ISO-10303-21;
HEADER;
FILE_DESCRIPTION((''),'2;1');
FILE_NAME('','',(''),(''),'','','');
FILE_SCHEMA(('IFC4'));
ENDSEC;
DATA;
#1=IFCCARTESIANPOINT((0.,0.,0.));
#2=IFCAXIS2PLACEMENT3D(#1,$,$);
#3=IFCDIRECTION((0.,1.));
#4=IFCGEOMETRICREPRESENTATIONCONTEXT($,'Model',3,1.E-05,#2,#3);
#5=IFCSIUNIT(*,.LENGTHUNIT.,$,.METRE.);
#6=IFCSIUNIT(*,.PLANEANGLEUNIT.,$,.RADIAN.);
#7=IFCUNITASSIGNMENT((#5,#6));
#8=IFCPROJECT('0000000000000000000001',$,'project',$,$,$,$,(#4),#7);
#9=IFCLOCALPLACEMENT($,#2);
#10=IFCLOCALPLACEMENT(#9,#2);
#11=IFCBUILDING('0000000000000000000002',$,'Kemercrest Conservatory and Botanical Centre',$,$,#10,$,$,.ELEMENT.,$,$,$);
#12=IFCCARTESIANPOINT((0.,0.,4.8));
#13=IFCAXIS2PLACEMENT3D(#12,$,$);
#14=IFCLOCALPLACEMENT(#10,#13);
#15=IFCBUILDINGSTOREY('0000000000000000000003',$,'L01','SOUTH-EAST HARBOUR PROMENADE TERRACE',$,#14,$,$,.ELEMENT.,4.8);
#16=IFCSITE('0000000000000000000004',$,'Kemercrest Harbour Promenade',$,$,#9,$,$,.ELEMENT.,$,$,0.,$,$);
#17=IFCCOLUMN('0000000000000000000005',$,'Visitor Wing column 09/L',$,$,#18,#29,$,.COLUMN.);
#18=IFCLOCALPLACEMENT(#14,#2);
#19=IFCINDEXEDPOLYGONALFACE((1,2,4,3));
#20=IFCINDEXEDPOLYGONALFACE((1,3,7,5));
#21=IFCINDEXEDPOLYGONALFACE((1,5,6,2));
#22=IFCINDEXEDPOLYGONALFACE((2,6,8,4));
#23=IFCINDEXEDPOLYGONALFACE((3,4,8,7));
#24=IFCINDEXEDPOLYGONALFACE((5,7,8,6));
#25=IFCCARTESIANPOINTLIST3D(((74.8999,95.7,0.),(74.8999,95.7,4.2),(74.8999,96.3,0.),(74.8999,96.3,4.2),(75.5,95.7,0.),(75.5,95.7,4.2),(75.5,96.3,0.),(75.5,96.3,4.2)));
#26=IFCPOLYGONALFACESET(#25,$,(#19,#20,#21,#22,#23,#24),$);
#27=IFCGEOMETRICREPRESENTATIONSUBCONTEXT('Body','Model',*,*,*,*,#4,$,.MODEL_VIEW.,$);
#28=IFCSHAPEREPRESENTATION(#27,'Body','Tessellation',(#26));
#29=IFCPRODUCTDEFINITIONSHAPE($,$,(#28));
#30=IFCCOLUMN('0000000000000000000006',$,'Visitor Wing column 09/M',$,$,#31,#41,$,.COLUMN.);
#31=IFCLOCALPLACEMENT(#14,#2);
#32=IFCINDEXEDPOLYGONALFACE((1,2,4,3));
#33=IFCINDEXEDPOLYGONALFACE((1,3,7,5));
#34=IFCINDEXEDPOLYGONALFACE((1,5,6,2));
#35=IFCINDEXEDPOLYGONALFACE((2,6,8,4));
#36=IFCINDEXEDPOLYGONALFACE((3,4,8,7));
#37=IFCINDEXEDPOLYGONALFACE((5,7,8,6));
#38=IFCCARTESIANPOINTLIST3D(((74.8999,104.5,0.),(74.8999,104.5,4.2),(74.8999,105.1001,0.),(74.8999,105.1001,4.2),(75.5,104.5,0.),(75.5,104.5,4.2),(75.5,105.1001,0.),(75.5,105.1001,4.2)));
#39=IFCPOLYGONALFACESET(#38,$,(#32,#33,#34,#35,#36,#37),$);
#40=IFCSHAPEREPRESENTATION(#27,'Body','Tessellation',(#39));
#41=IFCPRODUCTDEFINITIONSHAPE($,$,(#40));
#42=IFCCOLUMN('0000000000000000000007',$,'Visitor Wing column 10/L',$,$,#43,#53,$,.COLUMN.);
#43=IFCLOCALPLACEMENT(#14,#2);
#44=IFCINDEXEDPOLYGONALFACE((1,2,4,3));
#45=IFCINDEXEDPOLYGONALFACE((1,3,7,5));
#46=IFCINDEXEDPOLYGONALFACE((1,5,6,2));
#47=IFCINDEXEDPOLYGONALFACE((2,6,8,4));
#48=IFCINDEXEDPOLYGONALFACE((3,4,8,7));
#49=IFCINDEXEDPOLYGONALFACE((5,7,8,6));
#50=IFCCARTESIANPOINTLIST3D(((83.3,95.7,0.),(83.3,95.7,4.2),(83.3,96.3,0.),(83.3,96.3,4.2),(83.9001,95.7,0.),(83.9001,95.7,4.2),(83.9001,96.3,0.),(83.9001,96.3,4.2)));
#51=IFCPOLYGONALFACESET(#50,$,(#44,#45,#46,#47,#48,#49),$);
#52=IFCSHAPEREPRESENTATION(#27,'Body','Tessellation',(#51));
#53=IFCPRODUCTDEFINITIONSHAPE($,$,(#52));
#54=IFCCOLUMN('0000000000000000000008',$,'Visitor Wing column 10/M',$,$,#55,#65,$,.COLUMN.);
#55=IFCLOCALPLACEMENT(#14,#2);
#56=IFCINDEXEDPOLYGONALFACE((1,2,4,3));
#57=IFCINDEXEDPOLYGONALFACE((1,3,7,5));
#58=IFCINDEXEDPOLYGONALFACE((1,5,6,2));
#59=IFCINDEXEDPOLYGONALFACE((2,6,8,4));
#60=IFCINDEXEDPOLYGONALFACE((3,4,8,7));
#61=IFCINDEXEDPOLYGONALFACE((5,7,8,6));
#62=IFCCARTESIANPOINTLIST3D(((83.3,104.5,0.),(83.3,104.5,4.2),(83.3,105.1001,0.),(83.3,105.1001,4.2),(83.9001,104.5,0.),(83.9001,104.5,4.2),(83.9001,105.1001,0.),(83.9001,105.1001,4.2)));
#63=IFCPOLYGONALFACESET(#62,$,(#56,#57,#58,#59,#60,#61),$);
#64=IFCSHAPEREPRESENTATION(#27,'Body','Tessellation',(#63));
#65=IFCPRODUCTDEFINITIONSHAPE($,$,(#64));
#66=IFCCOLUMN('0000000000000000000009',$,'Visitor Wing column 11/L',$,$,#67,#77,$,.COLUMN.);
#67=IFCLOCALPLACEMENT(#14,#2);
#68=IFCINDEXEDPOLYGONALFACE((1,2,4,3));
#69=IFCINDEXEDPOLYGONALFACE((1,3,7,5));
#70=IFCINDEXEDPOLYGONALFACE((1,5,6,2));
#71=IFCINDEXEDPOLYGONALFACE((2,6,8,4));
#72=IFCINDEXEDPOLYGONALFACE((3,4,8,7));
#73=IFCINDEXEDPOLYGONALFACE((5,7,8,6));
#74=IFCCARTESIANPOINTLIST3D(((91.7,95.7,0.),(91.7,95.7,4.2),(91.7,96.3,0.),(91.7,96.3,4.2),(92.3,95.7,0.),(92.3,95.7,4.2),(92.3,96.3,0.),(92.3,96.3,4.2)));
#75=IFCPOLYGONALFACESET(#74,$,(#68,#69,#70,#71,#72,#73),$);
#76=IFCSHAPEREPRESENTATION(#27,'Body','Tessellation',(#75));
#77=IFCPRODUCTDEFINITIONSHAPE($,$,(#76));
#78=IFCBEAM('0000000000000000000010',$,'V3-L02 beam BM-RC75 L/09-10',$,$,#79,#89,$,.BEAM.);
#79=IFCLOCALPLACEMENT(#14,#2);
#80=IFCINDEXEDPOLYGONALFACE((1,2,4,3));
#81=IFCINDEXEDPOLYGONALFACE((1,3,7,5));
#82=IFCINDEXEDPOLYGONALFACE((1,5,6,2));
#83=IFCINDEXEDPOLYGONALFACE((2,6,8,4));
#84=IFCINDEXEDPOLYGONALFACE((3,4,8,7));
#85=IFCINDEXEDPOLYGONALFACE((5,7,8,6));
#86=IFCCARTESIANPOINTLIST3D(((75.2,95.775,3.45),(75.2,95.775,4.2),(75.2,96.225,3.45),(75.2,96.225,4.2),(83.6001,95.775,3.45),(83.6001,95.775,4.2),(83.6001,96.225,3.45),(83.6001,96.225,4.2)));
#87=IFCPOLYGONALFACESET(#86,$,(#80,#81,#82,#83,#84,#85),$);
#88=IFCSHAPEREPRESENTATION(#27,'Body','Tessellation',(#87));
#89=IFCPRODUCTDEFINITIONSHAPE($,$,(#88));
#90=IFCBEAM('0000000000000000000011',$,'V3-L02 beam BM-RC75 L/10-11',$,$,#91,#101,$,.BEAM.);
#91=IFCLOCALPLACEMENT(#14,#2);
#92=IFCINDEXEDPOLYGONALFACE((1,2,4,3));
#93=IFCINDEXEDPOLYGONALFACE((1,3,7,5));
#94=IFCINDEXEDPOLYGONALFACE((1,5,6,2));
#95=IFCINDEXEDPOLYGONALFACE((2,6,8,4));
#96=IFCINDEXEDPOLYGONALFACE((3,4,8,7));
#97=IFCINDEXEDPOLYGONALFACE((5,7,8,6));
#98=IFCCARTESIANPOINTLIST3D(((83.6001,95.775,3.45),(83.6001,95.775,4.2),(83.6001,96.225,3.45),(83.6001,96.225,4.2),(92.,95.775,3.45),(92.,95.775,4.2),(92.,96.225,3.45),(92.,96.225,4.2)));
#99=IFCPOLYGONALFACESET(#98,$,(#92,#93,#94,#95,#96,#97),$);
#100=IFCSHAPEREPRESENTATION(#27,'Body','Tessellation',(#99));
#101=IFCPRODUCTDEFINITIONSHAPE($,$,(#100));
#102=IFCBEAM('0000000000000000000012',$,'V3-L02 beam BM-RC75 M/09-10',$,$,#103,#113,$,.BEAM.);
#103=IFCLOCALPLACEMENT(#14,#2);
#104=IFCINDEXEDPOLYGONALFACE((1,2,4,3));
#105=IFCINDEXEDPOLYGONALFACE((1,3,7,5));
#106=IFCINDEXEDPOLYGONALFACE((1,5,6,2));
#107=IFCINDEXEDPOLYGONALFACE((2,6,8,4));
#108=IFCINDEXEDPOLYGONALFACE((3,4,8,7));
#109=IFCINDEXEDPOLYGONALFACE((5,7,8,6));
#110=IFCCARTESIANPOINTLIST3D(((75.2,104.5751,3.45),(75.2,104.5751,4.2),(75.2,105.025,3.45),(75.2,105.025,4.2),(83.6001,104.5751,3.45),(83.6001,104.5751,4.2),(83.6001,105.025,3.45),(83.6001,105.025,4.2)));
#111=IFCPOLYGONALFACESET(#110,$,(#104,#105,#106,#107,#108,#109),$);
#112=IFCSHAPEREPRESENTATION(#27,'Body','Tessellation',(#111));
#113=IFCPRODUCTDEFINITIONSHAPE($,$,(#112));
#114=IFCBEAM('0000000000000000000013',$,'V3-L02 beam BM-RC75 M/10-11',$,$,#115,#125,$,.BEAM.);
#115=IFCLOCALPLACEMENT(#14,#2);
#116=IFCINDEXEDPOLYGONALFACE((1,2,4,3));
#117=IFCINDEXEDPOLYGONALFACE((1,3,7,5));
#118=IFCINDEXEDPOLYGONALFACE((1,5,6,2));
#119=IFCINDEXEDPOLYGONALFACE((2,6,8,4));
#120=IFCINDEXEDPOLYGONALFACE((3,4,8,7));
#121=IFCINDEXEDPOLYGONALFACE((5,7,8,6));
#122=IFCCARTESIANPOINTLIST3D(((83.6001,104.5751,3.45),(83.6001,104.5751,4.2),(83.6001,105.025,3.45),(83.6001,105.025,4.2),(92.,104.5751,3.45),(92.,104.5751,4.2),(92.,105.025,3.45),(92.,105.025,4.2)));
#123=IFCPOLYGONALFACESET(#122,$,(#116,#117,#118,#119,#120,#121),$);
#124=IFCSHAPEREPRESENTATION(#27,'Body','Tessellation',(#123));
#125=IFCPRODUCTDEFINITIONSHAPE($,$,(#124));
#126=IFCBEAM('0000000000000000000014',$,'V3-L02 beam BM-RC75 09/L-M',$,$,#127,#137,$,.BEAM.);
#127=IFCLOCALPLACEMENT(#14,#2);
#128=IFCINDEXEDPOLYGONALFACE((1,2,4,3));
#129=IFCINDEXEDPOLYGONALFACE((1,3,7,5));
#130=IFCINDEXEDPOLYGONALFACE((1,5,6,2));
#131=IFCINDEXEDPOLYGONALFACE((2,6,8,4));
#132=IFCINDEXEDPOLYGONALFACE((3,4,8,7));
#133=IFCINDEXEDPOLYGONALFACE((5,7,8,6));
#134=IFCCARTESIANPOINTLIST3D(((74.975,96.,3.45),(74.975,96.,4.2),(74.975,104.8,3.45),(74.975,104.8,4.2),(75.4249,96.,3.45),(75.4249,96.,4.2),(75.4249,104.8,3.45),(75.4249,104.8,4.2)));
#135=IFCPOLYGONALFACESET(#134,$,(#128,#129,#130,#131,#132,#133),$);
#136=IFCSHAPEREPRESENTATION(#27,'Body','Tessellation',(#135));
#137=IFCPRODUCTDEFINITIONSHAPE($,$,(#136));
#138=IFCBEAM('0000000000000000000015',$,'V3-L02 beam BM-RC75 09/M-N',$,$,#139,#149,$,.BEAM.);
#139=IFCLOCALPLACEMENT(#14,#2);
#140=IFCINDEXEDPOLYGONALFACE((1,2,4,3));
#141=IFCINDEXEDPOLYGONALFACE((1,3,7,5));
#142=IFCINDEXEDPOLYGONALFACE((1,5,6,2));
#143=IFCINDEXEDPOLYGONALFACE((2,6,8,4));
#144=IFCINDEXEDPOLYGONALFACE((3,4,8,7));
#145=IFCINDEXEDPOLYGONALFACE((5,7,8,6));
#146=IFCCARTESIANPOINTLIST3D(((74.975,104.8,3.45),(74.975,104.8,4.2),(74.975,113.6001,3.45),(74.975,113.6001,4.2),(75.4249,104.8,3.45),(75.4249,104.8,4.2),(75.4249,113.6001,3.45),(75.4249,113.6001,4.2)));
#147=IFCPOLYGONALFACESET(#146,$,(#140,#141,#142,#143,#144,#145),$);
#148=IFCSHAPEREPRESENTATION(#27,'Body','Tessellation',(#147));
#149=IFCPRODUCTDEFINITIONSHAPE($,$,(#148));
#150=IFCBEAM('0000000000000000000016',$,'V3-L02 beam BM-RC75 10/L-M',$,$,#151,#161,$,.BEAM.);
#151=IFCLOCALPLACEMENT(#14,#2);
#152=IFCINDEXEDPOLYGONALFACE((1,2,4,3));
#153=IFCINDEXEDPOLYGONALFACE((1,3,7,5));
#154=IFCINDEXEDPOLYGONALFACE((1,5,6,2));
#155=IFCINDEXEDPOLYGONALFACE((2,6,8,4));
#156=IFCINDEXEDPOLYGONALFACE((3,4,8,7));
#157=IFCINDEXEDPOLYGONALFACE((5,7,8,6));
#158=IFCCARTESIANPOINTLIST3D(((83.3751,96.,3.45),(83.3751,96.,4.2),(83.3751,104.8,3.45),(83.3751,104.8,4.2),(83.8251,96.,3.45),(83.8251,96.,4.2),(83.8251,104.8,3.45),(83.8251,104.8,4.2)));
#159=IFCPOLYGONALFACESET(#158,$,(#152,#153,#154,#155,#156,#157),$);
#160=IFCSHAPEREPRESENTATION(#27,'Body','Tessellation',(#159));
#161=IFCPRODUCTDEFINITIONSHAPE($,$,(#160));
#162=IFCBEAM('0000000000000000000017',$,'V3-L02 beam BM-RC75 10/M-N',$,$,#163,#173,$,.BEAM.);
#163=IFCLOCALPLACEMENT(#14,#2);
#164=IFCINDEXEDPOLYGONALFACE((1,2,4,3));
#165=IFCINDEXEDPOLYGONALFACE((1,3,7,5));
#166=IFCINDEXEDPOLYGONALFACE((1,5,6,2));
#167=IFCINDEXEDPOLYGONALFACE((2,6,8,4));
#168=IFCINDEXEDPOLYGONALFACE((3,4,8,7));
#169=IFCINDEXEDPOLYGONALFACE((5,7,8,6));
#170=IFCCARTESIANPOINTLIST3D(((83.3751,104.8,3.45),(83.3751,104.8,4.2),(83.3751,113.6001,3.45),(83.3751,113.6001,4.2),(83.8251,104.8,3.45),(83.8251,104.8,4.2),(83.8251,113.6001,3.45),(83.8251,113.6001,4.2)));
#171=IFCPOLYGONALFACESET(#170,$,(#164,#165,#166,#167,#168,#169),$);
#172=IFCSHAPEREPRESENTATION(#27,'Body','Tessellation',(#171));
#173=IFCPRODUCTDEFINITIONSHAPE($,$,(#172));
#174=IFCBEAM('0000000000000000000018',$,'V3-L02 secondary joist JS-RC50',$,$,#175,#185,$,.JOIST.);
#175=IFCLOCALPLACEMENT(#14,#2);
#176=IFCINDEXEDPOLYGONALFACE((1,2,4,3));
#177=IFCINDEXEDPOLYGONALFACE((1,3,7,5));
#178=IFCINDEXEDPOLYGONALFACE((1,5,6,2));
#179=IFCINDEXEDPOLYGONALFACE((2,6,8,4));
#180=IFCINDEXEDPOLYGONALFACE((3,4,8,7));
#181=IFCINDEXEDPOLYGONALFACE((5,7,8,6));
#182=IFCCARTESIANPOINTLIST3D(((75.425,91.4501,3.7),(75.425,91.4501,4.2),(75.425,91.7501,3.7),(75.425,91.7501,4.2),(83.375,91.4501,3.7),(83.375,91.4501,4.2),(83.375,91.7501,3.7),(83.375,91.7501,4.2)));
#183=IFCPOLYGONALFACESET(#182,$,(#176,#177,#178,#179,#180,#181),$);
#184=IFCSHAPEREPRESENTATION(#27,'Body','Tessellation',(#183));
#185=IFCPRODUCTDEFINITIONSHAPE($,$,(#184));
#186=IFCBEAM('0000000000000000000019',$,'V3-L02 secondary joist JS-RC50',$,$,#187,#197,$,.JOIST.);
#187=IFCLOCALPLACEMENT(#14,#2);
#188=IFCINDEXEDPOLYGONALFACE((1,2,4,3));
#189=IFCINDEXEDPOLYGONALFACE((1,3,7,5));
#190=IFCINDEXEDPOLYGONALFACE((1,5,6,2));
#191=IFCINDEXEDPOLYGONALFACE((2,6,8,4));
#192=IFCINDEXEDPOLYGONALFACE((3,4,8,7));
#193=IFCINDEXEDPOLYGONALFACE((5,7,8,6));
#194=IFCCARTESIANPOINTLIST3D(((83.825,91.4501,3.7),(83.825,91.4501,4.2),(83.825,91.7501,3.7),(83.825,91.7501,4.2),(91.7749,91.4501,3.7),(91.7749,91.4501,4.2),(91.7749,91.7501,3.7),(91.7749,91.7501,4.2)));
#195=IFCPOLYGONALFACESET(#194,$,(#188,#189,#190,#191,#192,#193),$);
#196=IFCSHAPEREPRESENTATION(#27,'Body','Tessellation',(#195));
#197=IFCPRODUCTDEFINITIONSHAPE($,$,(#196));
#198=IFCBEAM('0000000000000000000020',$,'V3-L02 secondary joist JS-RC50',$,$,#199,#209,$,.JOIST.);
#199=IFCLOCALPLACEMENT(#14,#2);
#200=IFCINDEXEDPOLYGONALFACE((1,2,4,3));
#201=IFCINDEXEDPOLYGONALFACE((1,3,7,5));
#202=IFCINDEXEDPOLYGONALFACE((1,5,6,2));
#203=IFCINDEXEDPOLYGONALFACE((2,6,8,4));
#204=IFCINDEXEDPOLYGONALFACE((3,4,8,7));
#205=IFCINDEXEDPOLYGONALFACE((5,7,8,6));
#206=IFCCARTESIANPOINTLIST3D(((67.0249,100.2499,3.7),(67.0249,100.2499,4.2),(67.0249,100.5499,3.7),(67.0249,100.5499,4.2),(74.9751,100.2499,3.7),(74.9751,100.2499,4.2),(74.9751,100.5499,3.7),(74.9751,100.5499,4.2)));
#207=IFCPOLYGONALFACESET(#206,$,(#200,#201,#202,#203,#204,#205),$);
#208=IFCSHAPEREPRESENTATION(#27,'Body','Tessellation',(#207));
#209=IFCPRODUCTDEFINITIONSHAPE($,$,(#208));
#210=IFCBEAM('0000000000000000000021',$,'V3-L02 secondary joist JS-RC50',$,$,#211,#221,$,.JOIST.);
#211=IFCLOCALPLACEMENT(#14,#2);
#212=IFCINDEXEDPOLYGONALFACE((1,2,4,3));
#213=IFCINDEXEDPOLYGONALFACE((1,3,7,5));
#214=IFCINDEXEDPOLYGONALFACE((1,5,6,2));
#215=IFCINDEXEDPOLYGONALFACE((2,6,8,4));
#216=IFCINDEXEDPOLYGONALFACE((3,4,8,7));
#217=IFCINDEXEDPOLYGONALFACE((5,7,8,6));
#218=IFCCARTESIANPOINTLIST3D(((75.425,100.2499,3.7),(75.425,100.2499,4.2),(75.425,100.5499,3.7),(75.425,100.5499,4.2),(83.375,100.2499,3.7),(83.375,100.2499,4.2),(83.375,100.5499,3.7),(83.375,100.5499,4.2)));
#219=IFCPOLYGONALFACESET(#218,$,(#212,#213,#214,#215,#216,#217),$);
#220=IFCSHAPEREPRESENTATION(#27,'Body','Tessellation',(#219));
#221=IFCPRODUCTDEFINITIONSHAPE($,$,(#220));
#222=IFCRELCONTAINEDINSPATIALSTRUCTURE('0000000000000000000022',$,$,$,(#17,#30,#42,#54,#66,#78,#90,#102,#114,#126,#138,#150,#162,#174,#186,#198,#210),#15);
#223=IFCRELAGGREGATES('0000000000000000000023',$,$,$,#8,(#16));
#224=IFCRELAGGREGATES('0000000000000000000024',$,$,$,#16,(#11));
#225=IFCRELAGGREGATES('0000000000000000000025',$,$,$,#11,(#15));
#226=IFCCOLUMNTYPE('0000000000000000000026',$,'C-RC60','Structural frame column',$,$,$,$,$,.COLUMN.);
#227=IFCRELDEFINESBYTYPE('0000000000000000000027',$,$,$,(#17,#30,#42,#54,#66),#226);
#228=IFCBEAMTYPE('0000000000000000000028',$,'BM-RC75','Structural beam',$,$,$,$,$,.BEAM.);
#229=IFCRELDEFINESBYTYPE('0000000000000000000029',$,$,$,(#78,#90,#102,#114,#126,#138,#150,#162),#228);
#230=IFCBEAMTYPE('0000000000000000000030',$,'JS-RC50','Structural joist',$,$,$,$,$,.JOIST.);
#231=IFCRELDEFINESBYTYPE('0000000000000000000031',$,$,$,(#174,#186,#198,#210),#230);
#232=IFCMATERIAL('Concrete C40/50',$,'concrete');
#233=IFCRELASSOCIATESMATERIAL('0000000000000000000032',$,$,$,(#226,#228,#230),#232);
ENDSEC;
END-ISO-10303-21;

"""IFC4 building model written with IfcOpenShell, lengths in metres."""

from ifc_helpers import new_model, si_unit, direction, frame, origin, origin_2d, place, context, subcontext, project, spatial, rectangle, extrude, material, material_profile, profile_set, type_object, element, save


model = new_model("IFC4")

# Units and contexts
model_context = context("Model", 3, precision=1e-05, world=origin(), true_north=direction((0.0, 1.0)))
body_context = subcontext(model_context, "Body", "Model", "MODEL_VIEW")
ifc_project = project(units=[si_unit("LENGTHUNIT", "METRE"), si_unit("PLANEANGLEUNIT", "RADIAN")], contexts=[model_context])

# Site, building, storey
site_placement = place(None, origin())
site = spatial("IfcSite", under=ifc_project, at=site_placement, Name="Kemercrest Harbour Promenade", CompositionType="ELEMENT", RefElevation=0.0)
building_placement = place(site_placement, origin())
building = spatial("IfcBuilding", under=site, at=building_placement, Name="Kemercrest Conservatory and Botanical Centre", CompositionType="ELEMENT")
storey_placement = place(building_placement, frame((0.0, 0.0, 4.8)))
storey = spatial("IfcBuildingStorey", under=building, at=storey_placement, Name="L01", Description="SOUTH-EAST HARBOUR PROMENADE TERRACE", CompositionType="ELEMENT", Elevation=4.8)

# Columns
ifc_material_1 = material(Name="Concrete C40/50", Category="concrete")
ifc_material_profile_1 = material_profile(ifc_material_1, rectangle(XDim=0.6001, YDim=0.6001, at=origin_2d()), Name="RC 600x600")
ifc_profile_set_1 = profile_set([ifc_material_profile_1], Name="Concrete C40/50")
column_type = type_object("IfcColumnType", Name="C-RC60", Description="Structural frame column", PredefinedType="COLUMN", material=ifc_profile_set_1)
for number, where, z_axis, x_axis, name in (
    (1, (75.2, 96.0, 0.0), (0.0, 0.0, 1.0), (1.0, 0.0, 0.0), "Visitor Wing column 09/L"),
    (2, (75.2, 104.8, 0.0), (0.0, 0.0, 1.0), (1.0, 0.0, 0.0), "Visitor Wing column 09/M"),
    (3, (83.6001, 96.0, 0.0), (0.0, 0.0, 1.0), (1.0, 0.0, 0.0), "Visitor Wing column 10/L"),
    (4, (83.6001, 104.8, 0.0), (0.0, 0.0, 1.0), (1.0, 0.0, 0.0), "Visitor Wing column 10/M"),
    (5, (92.0, 96.0, 0.0), (0.0, 0.0, 1.0), (1.0, 0.0, 0.0), "Visitor Wing column 11/L"),
):
    element("IfcColumn", number, at=place(storey_placement, frame(where, z_axis=z_axis, x_axis=x_axis)), inside=storey, type_object=column_type, Name=name, PredefinedType="COLUMN", context=body_context, shape_type="SweptSolid", body=[
        extrude(rectangle(XDim=0.6001, YDim=0.6001, at=origin_2d()), origin(), (0.0, 0.0, 1.0), 4.2),
    ])

# Beams
ifc_material_profile_2 = material_profile(ifc_material_1, rectangle(XDim=0.45, YDim=0.75, at=origin_2d()), Name="RC 450x750")
ifc_profile_set_2 = profile_set([ifc_material_profile_2], Name="Concrete C40/50")
beam_type_1 = type_object("IfcBeamType", Name="BM-RC75", Description="Structural beam", PredefinedType="BEAM", material=ifc_profile_set_2)
beam_1_placement = place(storey_placement, frame((75.2, 96.0, 3.825), z_axis=(1.0, 0.0, 0.0), x_axis=(0.0, 1.0, 0.0)))
element("IfcBeam", 6, at=beam_1_placement, inside=storey, type_object=beam_type_1, Name="V3-L02 beam BM-RC75 L/09-10", PredefinedType="BEAM", context=body_context, shape_type="SweptSolid", body=[
    extrude(rectangle(XDim=0.45, YDim=0.75, at=origin_2d()), origin(), (0.0, 0.0, 1.0), 8.4001),
])
beam_2_placement = place(storey_placement, frame((83.6001, 96.0, 3.825), z_axis=(1.0, 0.0, 0.0), x_axis=(0.0, 1.0, 0.0)))
element("IfcBeam", 7, at=beam_2_placement, inside=storey, type_object=beam_type_1, Name="V3-L02 beam BM-RC75 L/10-11", PredefinedType="BEAM", context=body_context, shape_type="SweptSolid", body=[
    extrude(rectangle(XDim=0.45, YDim=0.75, at=origin_2d()), origin(), (0.0, 0.0, 1.0), 8.3999),
])
beam_3_placement = place(storey_placement, frame((75.2, 104.8, 3.825), z_axis=(1.0, 0.0, 0.0), x_axis=(0.0, 1.0, 0.0)))
element("IfcBeam", 8, at=beam_3_placement, inside=storey, type_object=beam_type_1, Name="V3-L02 beam BM-RC75 M/09-10", PredefinedType="BEAM", context=body_context, shape_type="SweptSolid", body=[
    extrude(rectangle(XDim=0.45, YDim=0.75, at=origin_2d()), origin(), (0.0, 0.0, 1.0), 8.4001),
])
beam_4_placement = place(storey_placement, frame((83.6001, 104.8, 3.825), z_axis=(1.0, 0.0, 0.0), x_axis=(0.0, 1.0, 0.0)))
element("IfcBeam", 9, at=beam_4_placement, inside=storey, type_object=beam_type_1, Name="V3-L02 beam BM-RC75 M/10-11", PredefinedType="BEAM", context=body_context, shape_type="SweptSolid", body=[
    extrude(rectangle(XDim=0.45, YDim=0.75, at=origin_2d()), origin(), (0.0, 0.0, 1.0), 8.3999),
])
for number, where, z_axis, x_axis, name in (
    (10, (75.2, 96.0, 3.825), (0.0, 1.0, 0.0), (-1.0, 0.0, 0.0), "V3-L02 beam BM-RC75 09/L-M"),
    (11, (75.2, 104.8, 3.825), (0.0, 1.0, 0.0), (-1.0, 0.0, 0.0), "V3-L02 beam BM-RC75 09/M-N"),
    (12, (83.6001, 96.0, 3.825), (0.0, 1.0, 0.0), (-1.0, 0.0, 0.0), "V3-L02 beam BM-RC75 10/L-M"),
    (13, (83.6001, 104.8, 3.825), (0.0, 1.0, 0.0), (-1.0, 0.0, 0.0), "V3-L02 beam BM-RC75 10/M-N"),
):
    element("IfcBeam", number, at=place(storey_placement, frame(where, z_axis=z_axis, x_axis=x_axis)), inside=storey, type_object=beam_type_1, Name=name, PredefinedType="BEAM", context=body_context, shape_type="SweptSolid", body=[
        extrude(rectangle(XDim=0.45, YDim=0.75, at=origin_2d()), origin(), (0.0, 0.0, 1.0), 8.8),
    ])
ifc_material_profile_3 = material_profile(ifc_material_1, rectangle(XDim=0.3, YDim=0.5, at=origin_2d()), Name="RC 300x500")
ifc_profile_set_3 = profile_set([ifc_material_profile_3], Name="Concrete C40/50")
beam_type_2 = type_object("IfcBeamType", Name="JS-RC50", Description="Structural joist", PredefinedType="JOIST", material=ifc_profile_set_3)
for number, where, z_axis, x_axis, name in (
    (14, (75.425, 91.6001, 3.95), (1.0, 0.0, 0.0), (0.0, 1.0, 0.0), "V3-L02 secondary joist JS-RC50"),
    (15, (83.825, 91.6001, 3.95), (1.0, 0.0, 0.0), (0.0, 1.0, 0.0), "V3-L02 secondary joist JS-RC50"),
):
    element("IfcBeam", number, at=place(storey_placement, frame(where, z_axis=z_axis, x_axis=x_axis)), inside=storey, type_object=beam_type_2, Name=name, PredefinedType="JOIST", context=body_context, shape_type="SweptSolid", body=[
        extrude(rectangle(XDim=0.3, YDim=0.5, at=origin_2d()), origin(), (0.0, 0.0, 1.0), 7.95),
    ])
beam_5_placement = place(storey_placement, frame((67.0249, 100.3999, 3.95), z_axis=(1.0, 0.0, 0.0), x_axis=(0.0, 1.0, 0.0)))
element("IfcBeam", 16, at=beam_5_placement, inside=storey, type_object=beam_type_2, Name="V3-L02 secondary joist JS-RC50", PredefinedType="JOIST", context=body_context, shape_type="SweptSolid", body=[
    extrude(rectangle(XDim=0.3, YDim=0.5, at=origin_2d()), origin(), (0.0, 0.0, 1.0), 7.9502),
])
for number, where, z_axis, x_axis, name in (
    (17, (75.425, 100.3999, 3.95), (1.0, 0.0, 0.0), (0.0, 1.0, 0.0), "V3-L02 secondary joist JS-RC50"),
):
    element("IfcBeam", number, at=place(storey_placement, frame(where, z_axis=z_axis, x_axis=x_axis)), inside=storey, type_object=beam_type_2, Name=name, PredefinedType="JOIST", context=body_context, shape_type="SweptSolid", body=[
        extrude(rectangle(XDim=0.3, YDim=0.5, at=origin_2d()), origin(), (0.0, 0.0, 1.0), 7.95),
    ])

save(model, "model.ifc")
